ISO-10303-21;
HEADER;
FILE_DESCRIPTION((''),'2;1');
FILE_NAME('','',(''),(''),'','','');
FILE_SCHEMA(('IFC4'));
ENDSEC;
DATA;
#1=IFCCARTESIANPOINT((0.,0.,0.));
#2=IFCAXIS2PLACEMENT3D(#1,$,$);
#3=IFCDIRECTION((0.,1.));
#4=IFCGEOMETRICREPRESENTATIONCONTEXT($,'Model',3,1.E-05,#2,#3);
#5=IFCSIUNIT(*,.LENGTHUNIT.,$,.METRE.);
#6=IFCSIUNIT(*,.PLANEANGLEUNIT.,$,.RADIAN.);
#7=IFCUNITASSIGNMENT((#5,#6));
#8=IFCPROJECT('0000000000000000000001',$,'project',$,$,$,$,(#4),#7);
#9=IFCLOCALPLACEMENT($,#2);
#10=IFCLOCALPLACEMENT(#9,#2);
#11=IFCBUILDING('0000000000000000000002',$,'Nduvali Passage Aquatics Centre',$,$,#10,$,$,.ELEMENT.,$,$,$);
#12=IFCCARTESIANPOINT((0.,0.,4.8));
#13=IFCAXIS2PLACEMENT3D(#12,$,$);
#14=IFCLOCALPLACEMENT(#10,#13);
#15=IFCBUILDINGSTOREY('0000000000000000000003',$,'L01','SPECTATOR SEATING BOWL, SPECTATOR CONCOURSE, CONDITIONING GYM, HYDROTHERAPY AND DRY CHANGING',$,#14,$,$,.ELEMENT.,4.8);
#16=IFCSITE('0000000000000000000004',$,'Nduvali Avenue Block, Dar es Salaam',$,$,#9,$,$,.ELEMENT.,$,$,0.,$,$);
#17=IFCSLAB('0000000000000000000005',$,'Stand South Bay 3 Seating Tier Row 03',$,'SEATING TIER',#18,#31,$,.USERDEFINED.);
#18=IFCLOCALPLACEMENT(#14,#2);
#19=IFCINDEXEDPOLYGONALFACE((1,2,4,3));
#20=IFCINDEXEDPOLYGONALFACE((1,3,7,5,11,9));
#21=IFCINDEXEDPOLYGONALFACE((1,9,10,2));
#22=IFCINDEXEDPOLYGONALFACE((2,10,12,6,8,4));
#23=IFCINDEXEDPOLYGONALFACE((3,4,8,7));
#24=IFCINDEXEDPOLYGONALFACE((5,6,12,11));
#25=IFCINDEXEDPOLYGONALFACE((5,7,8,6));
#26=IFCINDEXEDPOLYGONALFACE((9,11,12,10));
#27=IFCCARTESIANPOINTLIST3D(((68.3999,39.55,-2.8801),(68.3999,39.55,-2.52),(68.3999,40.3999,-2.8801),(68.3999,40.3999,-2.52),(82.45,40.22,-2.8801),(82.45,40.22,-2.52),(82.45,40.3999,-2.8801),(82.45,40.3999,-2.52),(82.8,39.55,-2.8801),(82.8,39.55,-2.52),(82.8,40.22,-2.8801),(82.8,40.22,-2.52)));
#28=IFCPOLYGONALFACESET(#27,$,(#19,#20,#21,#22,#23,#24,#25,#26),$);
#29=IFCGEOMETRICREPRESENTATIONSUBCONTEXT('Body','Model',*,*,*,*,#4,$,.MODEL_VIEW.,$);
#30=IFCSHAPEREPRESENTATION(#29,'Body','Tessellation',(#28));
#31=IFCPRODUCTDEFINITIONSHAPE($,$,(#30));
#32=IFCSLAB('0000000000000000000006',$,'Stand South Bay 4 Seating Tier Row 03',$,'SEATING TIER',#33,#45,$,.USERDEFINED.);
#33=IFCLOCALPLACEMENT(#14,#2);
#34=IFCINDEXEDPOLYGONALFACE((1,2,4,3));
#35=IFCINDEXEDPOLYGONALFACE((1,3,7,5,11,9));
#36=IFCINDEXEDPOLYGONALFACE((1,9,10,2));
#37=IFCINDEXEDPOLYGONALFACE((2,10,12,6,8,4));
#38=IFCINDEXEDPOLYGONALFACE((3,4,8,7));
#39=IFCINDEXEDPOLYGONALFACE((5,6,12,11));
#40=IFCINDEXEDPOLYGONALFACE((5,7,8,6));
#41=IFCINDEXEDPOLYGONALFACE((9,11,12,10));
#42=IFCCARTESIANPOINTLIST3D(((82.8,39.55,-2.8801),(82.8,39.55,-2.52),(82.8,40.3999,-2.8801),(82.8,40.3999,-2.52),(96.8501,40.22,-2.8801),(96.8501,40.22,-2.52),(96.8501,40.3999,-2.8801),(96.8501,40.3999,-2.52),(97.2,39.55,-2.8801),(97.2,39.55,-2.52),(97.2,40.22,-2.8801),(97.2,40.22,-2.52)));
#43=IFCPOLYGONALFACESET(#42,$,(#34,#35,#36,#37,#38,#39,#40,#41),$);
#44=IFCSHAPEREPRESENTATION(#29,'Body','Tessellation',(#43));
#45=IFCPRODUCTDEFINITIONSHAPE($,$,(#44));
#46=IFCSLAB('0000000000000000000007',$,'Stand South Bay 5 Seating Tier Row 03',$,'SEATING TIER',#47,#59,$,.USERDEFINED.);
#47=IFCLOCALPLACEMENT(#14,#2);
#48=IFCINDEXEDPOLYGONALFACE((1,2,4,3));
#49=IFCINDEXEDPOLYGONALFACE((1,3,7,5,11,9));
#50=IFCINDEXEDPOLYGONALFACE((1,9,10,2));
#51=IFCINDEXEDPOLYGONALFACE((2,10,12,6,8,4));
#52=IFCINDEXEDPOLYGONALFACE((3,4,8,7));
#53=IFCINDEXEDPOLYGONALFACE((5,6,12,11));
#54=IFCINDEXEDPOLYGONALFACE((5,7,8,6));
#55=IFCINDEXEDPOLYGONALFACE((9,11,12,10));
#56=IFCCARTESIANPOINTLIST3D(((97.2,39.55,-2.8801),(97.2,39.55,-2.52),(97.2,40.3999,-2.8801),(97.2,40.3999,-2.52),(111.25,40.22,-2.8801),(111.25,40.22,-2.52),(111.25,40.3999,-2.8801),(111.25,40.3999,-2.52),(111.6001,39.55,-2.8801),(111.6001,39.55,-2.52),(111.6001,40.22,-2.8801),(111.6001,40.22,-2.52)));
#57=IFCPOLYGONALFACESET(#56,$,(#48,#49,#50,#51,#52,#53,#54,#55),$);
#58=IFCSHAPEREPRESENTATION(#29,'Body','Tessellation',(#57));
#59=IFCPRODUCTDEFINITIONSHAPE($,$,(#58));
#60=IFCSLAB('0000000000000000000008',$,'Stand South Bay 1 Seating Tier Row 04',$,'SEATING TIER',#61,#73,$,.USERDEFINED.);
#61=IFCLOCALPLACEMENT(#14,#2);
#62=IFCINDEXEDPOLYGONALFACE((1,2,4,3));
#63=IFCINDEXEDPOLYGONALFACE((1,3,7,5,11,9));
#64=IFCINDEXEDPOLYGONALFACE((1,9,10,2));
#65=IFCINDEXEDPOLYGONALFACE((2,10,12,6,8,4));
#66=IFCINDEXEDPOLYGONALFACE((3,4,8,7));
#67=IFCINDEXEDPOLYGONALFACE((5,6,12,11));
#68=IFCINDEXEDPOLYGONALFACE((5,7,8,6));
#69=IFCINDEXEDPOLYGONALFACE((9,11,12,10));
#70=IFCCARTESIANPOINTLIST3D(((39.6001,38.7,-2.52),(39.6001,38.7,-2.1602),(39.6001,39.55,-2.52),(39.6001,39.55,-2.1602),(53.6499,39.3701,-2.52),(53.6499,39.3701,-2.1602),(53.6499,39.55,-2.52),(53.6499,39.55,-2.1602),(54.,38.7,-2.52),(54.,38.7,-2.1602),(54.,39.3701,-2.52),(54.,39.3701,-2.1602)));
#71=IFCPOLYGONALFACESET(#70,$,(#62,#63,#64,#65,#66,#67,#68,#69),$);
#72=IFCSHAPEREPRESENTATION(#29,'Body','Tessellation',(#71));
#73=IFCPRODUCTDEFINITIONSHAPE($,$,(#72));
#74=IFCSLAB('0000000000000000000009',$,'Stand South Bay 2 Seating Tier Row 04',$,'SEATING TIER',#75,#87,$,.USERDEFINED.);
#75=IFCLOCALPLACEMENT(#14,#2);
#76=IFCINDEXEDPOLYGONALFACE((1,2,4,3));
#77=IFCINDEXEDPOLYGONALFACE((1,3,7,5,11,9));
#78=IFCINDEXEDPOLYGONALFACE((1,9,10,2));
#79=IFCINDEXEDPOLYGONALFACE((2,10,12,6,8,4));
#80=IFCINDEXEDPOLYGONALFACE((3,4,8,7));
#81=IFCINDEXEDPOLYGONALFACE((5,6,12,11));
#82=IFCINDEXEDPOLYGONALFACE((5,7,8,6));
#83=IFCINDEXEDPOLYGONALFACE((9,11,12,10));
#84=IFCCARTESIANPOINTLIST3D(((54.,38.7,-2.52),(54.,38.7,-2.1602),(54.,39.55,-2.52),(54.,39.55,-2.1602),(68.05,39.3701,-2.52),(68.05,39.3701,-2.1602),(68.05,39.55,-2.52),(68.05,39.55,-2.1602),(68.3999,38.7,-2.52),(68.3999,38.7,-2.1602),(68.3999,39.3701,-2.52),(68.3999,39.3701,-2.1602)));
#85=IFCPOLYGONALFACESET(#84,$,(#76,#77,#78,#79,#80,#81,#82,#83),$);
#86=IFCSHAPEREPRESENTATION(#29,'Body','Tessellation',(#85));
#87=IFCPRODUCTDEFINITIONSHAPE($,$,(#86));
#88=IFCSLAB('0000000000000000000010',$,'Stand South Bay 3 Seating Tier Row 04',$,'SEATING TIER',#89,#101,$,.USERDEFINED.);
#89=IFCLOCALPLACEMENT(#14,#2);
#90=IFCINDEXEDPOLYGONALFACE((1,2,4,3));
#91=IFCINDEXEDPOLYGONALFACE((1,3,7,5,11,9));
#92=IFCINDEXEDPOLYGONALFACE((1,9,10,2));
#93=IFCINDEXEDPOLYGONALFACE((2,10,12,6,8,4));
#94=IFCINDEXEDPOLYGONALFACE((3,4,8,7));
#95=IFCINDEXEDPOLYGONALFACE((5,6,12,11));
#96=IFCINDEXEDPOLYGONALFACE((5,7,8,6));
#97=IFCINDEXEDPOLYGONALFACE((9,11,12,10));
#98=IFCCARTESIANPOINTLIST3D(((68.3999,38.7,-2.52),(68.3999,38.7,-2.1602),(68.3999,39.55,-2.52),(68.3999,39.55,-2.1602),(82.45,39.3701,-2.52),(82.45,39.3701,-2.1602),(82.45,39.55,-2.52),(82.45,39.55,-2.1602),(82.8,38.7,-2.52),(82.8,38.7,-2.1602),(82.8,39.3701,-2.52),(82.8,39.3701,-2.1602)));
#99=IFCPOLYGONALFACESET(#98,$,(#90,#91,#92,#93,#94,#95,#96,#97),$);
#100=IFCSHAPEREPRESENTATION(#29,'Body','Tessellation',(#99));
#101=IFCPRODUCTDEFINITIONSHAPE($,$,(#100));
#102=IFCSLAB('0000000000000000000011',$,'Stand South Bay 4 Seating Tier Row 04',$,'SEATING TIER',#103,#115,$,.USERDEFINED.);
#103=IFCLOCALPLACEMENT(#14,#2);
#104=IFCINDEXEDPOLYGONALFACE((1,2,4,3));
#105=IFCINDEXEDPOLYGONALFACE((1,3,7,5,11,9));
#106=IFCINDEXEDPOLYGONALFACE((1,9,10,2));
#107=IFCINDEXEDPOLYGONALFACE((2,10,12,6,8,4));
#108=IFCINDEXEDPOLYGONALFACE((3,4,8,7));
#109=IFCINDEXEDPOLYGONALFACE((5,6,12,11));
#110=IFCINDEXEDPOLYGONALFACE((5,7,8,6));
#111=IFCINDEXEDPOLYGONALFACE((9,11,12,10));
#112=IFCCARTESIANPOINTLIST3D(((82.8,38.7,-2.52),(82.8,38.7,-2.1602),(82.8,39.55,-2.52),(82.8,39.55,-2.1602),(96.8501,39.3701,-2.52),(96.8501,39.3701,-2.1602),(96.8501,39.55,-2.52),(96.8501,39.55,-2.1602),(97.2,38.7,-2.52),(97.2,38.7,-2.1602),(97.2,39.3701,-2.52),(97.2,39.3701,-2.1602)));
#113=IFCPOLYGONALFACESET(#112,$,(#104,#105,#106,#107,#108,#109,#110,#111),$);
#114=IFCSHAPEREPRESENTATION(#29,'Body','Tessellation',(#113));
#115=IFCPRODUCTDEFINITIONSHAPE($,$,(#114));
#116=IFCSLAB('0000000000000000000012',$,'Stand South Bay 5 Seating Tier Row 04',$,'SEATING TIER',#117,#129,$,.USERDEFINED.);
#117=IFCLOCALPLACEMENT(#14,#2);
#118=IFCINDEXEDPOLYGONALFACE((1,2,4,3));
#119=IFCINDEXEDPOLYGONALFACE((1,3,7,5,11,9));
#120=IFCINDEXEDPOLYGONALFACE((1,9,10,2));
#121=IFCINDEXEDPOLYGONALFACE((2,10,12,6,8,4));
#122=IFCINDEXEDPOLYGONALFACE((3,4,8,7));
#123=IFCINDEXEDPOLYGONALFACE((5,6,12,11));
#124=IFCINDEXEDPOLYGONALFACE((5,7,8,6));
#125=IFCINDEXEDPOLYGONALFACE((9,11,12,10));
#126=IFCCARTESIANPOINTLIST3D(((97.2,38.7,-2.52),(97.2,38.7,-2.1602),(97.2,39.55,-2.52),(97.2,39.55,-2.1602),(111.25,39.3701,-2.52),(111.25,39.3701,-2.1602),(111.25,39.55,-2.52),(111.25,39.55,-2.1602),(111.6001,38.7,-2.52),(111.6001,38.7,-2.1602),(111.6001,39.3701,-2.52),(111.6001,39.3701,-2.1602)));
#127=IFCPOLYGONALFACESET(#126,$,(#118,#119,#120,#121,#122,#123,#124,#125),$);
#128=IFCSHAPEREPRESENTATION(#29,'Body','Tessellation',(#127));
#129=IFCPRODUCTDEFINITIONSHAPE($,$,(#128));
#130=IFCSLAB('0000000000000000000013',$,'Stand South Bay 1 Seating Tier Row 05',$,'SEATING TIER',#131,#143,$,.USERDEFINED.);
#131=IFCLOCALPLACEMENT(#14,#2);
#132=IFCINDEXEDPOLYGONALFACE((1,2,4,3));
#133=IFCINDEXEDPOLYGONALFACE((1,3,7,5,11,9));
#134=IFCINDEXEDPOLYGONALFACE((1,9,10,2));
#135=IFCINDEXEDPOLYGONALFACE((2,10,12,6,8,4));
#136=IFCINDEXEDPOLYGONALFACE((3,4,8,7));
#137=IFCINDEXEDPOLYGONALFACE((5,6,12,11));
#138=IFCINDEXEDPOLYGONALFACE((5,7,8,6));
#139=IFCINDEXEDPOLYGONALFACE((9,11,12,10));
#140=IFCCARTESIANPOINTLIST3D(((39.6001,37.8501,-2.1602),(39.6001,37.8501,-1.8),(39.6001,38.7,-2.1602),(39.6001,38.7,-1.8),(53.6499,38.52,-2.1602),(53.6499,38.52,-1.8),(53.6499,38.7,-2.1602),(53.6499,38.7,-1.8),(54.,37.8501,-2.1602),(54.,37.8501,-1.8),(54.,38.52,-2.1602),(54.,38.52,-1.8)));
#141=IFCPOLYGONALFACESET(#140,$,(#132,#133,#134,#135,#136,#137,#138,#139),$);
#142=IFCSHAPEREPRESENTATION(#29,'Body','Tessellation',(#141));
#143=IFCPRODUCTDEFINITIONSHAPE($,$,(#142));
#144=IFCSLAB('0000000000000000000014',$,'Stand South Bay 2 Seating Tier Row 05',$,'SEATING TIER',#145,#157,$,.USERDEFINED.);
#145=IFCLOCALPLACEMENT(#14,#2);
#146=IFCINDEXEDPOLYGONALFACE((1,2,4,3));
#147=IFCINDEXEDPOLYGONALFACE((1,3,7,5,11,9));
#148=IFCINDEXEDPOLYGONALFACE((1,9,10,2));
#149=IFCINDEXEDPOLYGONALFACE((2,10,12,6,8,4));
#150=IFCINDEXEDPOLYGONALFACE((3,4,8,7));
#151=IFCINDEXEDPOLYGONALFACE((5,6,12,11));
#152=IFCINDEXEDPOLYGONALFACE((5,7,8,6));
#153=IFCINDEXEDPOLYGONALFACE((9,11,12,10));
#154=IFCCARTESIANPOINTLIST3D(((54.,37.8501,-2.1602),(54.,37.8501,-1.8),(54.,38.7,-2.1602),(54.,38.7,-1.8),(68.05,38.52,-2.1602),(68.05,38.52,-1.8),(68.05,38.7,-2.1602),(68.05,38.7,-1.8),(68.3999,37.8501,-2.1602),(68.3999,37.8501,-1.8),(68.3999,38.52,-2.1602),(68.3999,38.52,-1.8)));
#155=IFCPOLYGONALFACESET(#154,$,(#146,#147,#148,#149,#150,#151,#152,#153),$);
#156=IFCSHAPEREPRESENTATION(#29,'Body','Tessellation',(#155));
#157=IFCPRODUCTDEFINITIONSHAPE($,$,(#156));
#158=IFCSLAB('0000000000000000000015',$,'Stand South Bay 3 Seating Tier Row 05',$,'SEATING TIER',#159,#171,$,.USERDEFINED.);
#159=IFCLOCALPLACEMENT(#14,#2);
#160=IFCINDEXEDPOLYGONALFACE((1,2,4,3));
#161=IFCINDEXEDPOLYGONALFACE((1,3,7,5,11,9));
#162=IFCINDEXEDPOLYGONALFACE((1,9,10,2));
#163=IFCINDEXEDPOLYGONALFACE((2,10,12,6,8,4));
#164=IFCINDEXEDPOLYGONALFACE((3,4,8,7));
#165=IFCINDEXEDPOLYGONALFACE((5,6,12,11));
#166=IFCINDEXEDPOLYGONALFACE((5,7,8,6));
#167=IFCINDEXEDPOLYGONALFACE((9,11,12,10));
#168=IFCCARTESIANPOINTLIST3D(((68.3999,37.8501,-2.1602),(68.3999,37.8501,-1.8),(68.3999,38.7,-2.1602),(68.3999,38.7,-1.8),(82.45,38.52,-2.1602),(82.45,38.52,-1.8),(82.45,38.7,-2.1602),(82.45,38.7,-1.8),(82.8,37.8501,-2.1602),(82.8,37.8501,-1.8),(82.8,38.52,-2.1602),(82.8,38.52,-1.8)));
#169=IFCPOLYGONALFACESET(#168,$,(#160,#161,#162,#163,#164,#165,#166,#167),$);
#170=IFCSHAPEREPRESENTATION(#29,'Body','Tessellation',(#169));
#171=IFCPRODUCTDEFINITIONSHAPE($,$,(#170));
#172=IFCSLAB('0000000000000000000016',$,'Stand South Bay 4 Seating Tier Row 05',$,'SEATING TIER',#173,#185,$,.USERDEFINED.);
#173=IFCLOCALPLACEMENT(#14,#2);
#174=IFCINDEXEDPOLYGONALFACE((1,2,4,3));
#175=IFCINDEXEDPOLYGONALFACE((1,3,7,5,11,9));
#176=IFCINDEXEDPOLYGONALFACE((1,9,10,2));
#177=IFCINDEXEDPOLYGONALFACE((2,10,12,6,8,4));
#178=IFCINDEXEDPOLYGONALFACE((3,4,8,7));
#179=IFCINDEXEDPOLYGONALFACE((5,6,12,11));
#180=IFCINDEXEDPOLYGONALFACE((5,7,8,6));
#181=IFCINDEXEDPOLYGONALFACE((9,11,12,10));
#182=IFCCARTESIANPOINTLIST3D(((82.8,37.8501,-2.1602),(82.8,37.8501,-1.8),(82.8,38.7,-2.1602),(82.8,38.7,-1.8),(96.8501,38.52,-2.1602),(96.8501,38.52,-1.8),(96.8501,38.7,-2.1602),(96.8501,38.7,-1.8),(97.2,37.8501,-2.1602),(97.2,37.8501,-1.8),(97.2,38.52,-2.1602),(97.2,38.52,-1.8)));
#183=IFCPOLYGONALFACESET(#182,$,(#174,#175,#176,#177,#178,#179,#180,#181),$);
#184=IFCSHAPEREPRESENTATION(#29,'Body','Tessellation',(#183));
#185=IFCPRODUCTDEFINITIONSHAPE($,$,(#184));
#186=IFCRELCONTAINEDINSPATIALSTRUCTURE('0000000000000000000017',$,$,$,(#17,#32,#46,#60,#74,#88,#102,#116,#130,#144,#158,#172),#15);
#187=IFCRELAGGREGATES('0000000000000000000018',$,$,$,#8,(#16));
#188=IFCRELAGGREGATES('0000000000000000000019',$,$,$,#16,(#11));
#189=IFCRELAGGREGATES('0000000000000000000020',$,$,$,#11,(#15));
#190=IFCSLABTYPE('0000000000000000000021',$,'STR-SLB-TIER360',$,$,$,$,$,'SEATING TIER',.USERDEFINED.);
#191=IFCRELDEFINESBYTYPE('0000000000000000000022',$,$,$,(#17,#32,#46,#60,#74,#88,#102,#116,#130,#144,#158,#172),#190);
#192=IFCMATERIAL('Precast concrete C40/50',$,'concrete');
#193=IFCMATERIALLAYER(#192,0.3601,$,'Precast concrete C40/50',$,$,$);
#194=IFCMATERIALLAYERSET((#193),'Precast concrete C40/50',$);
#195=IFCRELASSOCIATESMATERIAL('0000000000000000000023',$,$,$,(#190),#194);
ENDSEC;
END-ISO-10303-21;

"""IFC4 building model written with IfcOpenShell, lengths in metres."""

from ifc_helpers import new_model, si_unit, direction, frame, origin, place, context, subcontext, project, spatial, polyline, outline, extrude, material, layer, layer_set, type_object, element, save


model = new_model("IFC4")

# Units and contexts
model_context = context("Model", 3, precision=1e-05, world=origin(), true_north=direction((0.0, 1.0)))
body_context = subcontext(model_context, "Body", "Model", "MODEL_VIEW")
ifc_project = project(units=[si_unit("LENGTHUNIT", "METRE"), si_unit("PLANEANGLEUNIT", "RADIAN")], contexts=[model_context])

# Site, building, storey
site_placement = place(None, origin())
site = spatial("IfcSite", under=ifc_project, at=site_placement, Name="Nduvali Avenue Block, Dar es Salaam", CompositionType="ELEMENT", RefElevation=0.0)
building_placement = place(site_placement, origin())
building = spatial("IfcBuilding", under=site, at=building_placement, Name="Nduvali Passage Aquatics Centre", CompositionType="ELEMENT")
storey_placement = place(building_placement, frame((0.0, 0.0, 4.8)))
storey = spatial("IfcBuildingStorey", under=building, at=storey_placement, Name="L01", Description="SPECTATOR SEATING BOWL, SPECTATOR CONCOURSE, CONDITIONING GYM, HYDROTHERAPY AND DRY CHANGING", CompositionType="ELEMENT", Elevation=4.8)

# Slabs
ifc_material = material(Name="Precast concrete C40/50", Category="concrete")
ifc_layer = layer(ifc_material, 0.3601, Name="Precast concrete C40/50")
ifc_layer_set = layer_set([ifc_layer], Name="Precast concrete C40/50")
slab_type = type_object("IfcSlabType", Name="STR-SLB-TIER360", ElementType="SEATING TIER", PredefinedType="USERDEFINED", material=ifc_layer_set)
slab_1_placement = place(storey_placement, frame((0.0, 0.0, -2.8801)))
element("IfcSlab", 1, at=slab_1_placement, inside=storey, type_object=slab_type, Name="Stand South Bay 3 Seating Tier Row 03", ObjectType="SEATING TIER", PredefinedType="USERDEFINED", context=body_context, shape_type="SweptSolid", body=[
    extrude(outline(polyline([(68.3999, 39.55), (82.8, 39.55), (82.8, 40.22), (82.45, 40.22), (82.45, 40.3999), (68.3999, 40.3999), (68.3999, 39.55)])), origin(), (0.0, 0.0, 1.0), 0.3601),
])
slab_2_placement = place(storey_placement, frame((0.0, 0.0, -2.8801)))
element("IfcSlab", 2, at=slab_2_placement, inside=storey, type_object=slab_type, Name="Stand South Bay 4 Seating Tier Row 03", ObjectType="SEATING TIER", PredefinedType="USERDEFINED", context=body_context, shape_type="SweptSolid", body=[
    extrude(outline(polyline([(82.8, 39.55), (97.2, 39.55), (97.2, 40.22), (96.8501, 40.22), (96.8501, 40.3999), (82.8, 40.3999), (82.8, 39.55)])), origin(), (0.0, 0.0, 1.0), 0.3601),
])
slab_3_placement = place(storey_placement, frame((0.0, 0.0, -2.8801)))
element("IfcSlab", 3, at=slab_3_placement, inside=storey, type_object=slab_type, Name="Stand South Bay 5 Seating Tier Row 03", ObjectType="SEATING TIER", PredefinedType="USERDEFINED", context=body_context, shape_type="SweptSolid", body=[
    extrude(outline(polyline([(97.2, 39.55), (111.6001, 39.55), (111.6001, 40.22), (111.25, 40.22), (111.25, 40.3999), (97.2, 40.3999), (97.2, 39.55)])), origin(), (0.0, 0.0, 1.0), 0.3601),
])
slab_4_placement = place(storey_placement, frame((0.0, 0.0, -2.52)))
element("IfcSlab", 4, at=slab_4_placement, inside=storey, type_object=slab_type, Name="Stand South Bay 1 Seating Tier Row 04", ObjectType="SEATING TIER", PredefinedType="USERDEFINED", context=body_context, shape_type="SweptSolid", body=[
    extrude(outline(polyline([(39.6001, 38.7), (54.0, 38.7), (54.0, 39.3701), (53.6499, 39.3701), (53.6499, 39.55), (39.6001, 39.55), (39.6001, 38.7)])), origin(), (0.0, 0.0, 1.0), 0.3599),
])
slab_5_placement = place(storey_placement, frame((0.0, 0.0, -2.52)))
element("IfcSlab", 5, at=slab_5_placement, inside=storey, type_object=slab_type, Name="Stand South Bay 2 Seating Tier Row 04", ObjectType="SEATING TIER", PredefinedType="USERDEFINED", context=body_context, shape_type="SweptSolid", body=[
    extrude(outline(polyline([(54.0, 38.7), (68.3999, 38.7), (68.3999, 39.3701), (68.05, 39.3701), (68.05, 39.55), (54.0, 39.55), (54.0, 38.7)])), origin(), (0.0, 0.0, 1.0), 0.3599),
])
slab_6_placement = place(storey_placement, frame((0.0, 0.0, -2.52)))
element("IfcSlab", 6, at=slab_6_placement, inside=storey, type_object=slab_type, Name="Stand South Bay 3 Seating Tier Row 04", ObjectType="SEATING TIER", PredefinedType="USERDEFINED", context=body_context, shape_type="SweptSolid", body=[
    extrude(outline(polyline([(68.3999, 38.7), (82.8, 38.7), (82.8, 39.3701), (82.45, 39.3701), (82.45, 39.55), (68.3999, 39.55), (68.3999, 38.7)])), origin(), (0.0, 0.0, 1.0), 0.3599),
])
slab_7_placement = place(storey_placement, frame((0.0, 0.0, -2.52)))
element("IfcSlab", 7, at=slab_7_placement, inside=storey, type_object=slab_type, Name="Stand South Bay 4 Seating Tier Row 04", ObjectType="SEATING TIER", PredefinedType="USERDEFINED", context=body_context, shape_type="SweptSolid", body=[
    extrude(outline(polyline([(82.8, 38.7), (97.2, 38.7), (97.2, 39.3701), (96.8501, 39.3701), (96.8501, 39.55), (82.8, 39.55), (82.8, 38.7)])), origin(), (0.0, 0.0, 1.0), 0.3599),
])
slab_8_placement = place(storey_placement, frame((0.0, 0.0, -2.52)))
element("IfcSlab", 8, at=slab_8_placement, inside=storey, type_object=slab_type, Name="Stand South Bay 5 Seating Tier Row 04", ObjectType="SEATING TIER", PredefinedType="USERDEFINED", context=body_context, shape_type="SweptSolid", body=[
    extrude(outline(polyline([(97.2, 38.7), (111.6001, 38.7), (111.6001, 39.3701), (111.25, 39.3701), (111.25, 39.55), (97.2, 39.55), (97.2, 38.7)])), origin(), (0.0, 0.0, 1.0), 0.3599),
])
slab_9_placement = place(storey_placement, frame((0.0, 0.0, -2.1602)))
element("IfcSlab", 9, at=slab_9_placement, inside=storey, type_object=slab_type, Name="Stand South Bay 1 Seating Tier Row 05", ObjectType="SEATING TIER", PredefinedType="USERDEFINED", context=body_context, shape_type="SweptSolid", body=[
    extrude(outline(polyline([(39.6001, 37.8501), (54.0, 37.8501), (54.0, 38.52), (53.6499, 38.52), (53.6499, 38.7), (39.6001, 38.7), (39.6001, 37.8501)])), origin(), (0.0, 0.0, 1.0), 0.3601),
])
slab_10_placement = place(storey_placement, frame((0.0, 0.0, -2.1602)))
element("IfcSlab", 10, at=slab_10_placement, inside=storey, type_object=slab_type, Name="Stand South Bay 2 Seating Tier Row 05", ObjectType="SEATING TIER", PredefinedType="USERDEFINED", context=body_context, shape_type="SweptSolid", body=[
    extrude(outline(polyline([(54.0, 37.8501), (68.3999, 37.8501), (68.3999, 38.52), (68.05, 38.52), (68.05, 38.7), (54.0, 38.7), (54.0, 37.8501)])), origin(), (0.0, 0.0, 1.0), 0.3601),
])
slab_11_placement = place(storey_placement, frame((0.0, 0.0, -2.1602)))
element("IfcSlab", 11, at=slab_11_placement, inside=storey, type_object=slab_type, Name="Stand South Bay 3 Seating Tier Row 05", ObjectType="SEATING TIER", PredefinedType="USERDEFINED", context=body_context, shape_type="SweptSolid", body=[
    extrude(outline(polyline([(68.3999, 37.8501), (82.8, 37.8501), (82.8, 38.52), (82.45, 38.52), (82.45, 38.7), (68.3999, 38.7), (68.3999, 37.8501)])), origin(), (0.0, 0.0, 1.0), 0.3601),
])
slab_12_placement = place(storey_placement, frame((0.0, 0.0, -2.1602)))
element("IfcSlab", 12, at=slab_12_placement, inside=storey, type_object=slab_type, Name="Stand South Bay 4 Seating Tier Row 05", ObjectType="SEATING TIER", PredefinedType="USERDEFINED", context=body_context, shape_type="SweptSolid", body=[
    extrude(outline(polyline([(82.8, 37.8501), (97.2, 37.8501), (97.2, 38.52), (96.8501, 38.52), (96.8501, 38.7), (82.8, 38.7), (82.8, 37.8501)])), origin(), (0.0, 0.0, 1.0), 0.3601),
])

save(model, "model.ifc")
